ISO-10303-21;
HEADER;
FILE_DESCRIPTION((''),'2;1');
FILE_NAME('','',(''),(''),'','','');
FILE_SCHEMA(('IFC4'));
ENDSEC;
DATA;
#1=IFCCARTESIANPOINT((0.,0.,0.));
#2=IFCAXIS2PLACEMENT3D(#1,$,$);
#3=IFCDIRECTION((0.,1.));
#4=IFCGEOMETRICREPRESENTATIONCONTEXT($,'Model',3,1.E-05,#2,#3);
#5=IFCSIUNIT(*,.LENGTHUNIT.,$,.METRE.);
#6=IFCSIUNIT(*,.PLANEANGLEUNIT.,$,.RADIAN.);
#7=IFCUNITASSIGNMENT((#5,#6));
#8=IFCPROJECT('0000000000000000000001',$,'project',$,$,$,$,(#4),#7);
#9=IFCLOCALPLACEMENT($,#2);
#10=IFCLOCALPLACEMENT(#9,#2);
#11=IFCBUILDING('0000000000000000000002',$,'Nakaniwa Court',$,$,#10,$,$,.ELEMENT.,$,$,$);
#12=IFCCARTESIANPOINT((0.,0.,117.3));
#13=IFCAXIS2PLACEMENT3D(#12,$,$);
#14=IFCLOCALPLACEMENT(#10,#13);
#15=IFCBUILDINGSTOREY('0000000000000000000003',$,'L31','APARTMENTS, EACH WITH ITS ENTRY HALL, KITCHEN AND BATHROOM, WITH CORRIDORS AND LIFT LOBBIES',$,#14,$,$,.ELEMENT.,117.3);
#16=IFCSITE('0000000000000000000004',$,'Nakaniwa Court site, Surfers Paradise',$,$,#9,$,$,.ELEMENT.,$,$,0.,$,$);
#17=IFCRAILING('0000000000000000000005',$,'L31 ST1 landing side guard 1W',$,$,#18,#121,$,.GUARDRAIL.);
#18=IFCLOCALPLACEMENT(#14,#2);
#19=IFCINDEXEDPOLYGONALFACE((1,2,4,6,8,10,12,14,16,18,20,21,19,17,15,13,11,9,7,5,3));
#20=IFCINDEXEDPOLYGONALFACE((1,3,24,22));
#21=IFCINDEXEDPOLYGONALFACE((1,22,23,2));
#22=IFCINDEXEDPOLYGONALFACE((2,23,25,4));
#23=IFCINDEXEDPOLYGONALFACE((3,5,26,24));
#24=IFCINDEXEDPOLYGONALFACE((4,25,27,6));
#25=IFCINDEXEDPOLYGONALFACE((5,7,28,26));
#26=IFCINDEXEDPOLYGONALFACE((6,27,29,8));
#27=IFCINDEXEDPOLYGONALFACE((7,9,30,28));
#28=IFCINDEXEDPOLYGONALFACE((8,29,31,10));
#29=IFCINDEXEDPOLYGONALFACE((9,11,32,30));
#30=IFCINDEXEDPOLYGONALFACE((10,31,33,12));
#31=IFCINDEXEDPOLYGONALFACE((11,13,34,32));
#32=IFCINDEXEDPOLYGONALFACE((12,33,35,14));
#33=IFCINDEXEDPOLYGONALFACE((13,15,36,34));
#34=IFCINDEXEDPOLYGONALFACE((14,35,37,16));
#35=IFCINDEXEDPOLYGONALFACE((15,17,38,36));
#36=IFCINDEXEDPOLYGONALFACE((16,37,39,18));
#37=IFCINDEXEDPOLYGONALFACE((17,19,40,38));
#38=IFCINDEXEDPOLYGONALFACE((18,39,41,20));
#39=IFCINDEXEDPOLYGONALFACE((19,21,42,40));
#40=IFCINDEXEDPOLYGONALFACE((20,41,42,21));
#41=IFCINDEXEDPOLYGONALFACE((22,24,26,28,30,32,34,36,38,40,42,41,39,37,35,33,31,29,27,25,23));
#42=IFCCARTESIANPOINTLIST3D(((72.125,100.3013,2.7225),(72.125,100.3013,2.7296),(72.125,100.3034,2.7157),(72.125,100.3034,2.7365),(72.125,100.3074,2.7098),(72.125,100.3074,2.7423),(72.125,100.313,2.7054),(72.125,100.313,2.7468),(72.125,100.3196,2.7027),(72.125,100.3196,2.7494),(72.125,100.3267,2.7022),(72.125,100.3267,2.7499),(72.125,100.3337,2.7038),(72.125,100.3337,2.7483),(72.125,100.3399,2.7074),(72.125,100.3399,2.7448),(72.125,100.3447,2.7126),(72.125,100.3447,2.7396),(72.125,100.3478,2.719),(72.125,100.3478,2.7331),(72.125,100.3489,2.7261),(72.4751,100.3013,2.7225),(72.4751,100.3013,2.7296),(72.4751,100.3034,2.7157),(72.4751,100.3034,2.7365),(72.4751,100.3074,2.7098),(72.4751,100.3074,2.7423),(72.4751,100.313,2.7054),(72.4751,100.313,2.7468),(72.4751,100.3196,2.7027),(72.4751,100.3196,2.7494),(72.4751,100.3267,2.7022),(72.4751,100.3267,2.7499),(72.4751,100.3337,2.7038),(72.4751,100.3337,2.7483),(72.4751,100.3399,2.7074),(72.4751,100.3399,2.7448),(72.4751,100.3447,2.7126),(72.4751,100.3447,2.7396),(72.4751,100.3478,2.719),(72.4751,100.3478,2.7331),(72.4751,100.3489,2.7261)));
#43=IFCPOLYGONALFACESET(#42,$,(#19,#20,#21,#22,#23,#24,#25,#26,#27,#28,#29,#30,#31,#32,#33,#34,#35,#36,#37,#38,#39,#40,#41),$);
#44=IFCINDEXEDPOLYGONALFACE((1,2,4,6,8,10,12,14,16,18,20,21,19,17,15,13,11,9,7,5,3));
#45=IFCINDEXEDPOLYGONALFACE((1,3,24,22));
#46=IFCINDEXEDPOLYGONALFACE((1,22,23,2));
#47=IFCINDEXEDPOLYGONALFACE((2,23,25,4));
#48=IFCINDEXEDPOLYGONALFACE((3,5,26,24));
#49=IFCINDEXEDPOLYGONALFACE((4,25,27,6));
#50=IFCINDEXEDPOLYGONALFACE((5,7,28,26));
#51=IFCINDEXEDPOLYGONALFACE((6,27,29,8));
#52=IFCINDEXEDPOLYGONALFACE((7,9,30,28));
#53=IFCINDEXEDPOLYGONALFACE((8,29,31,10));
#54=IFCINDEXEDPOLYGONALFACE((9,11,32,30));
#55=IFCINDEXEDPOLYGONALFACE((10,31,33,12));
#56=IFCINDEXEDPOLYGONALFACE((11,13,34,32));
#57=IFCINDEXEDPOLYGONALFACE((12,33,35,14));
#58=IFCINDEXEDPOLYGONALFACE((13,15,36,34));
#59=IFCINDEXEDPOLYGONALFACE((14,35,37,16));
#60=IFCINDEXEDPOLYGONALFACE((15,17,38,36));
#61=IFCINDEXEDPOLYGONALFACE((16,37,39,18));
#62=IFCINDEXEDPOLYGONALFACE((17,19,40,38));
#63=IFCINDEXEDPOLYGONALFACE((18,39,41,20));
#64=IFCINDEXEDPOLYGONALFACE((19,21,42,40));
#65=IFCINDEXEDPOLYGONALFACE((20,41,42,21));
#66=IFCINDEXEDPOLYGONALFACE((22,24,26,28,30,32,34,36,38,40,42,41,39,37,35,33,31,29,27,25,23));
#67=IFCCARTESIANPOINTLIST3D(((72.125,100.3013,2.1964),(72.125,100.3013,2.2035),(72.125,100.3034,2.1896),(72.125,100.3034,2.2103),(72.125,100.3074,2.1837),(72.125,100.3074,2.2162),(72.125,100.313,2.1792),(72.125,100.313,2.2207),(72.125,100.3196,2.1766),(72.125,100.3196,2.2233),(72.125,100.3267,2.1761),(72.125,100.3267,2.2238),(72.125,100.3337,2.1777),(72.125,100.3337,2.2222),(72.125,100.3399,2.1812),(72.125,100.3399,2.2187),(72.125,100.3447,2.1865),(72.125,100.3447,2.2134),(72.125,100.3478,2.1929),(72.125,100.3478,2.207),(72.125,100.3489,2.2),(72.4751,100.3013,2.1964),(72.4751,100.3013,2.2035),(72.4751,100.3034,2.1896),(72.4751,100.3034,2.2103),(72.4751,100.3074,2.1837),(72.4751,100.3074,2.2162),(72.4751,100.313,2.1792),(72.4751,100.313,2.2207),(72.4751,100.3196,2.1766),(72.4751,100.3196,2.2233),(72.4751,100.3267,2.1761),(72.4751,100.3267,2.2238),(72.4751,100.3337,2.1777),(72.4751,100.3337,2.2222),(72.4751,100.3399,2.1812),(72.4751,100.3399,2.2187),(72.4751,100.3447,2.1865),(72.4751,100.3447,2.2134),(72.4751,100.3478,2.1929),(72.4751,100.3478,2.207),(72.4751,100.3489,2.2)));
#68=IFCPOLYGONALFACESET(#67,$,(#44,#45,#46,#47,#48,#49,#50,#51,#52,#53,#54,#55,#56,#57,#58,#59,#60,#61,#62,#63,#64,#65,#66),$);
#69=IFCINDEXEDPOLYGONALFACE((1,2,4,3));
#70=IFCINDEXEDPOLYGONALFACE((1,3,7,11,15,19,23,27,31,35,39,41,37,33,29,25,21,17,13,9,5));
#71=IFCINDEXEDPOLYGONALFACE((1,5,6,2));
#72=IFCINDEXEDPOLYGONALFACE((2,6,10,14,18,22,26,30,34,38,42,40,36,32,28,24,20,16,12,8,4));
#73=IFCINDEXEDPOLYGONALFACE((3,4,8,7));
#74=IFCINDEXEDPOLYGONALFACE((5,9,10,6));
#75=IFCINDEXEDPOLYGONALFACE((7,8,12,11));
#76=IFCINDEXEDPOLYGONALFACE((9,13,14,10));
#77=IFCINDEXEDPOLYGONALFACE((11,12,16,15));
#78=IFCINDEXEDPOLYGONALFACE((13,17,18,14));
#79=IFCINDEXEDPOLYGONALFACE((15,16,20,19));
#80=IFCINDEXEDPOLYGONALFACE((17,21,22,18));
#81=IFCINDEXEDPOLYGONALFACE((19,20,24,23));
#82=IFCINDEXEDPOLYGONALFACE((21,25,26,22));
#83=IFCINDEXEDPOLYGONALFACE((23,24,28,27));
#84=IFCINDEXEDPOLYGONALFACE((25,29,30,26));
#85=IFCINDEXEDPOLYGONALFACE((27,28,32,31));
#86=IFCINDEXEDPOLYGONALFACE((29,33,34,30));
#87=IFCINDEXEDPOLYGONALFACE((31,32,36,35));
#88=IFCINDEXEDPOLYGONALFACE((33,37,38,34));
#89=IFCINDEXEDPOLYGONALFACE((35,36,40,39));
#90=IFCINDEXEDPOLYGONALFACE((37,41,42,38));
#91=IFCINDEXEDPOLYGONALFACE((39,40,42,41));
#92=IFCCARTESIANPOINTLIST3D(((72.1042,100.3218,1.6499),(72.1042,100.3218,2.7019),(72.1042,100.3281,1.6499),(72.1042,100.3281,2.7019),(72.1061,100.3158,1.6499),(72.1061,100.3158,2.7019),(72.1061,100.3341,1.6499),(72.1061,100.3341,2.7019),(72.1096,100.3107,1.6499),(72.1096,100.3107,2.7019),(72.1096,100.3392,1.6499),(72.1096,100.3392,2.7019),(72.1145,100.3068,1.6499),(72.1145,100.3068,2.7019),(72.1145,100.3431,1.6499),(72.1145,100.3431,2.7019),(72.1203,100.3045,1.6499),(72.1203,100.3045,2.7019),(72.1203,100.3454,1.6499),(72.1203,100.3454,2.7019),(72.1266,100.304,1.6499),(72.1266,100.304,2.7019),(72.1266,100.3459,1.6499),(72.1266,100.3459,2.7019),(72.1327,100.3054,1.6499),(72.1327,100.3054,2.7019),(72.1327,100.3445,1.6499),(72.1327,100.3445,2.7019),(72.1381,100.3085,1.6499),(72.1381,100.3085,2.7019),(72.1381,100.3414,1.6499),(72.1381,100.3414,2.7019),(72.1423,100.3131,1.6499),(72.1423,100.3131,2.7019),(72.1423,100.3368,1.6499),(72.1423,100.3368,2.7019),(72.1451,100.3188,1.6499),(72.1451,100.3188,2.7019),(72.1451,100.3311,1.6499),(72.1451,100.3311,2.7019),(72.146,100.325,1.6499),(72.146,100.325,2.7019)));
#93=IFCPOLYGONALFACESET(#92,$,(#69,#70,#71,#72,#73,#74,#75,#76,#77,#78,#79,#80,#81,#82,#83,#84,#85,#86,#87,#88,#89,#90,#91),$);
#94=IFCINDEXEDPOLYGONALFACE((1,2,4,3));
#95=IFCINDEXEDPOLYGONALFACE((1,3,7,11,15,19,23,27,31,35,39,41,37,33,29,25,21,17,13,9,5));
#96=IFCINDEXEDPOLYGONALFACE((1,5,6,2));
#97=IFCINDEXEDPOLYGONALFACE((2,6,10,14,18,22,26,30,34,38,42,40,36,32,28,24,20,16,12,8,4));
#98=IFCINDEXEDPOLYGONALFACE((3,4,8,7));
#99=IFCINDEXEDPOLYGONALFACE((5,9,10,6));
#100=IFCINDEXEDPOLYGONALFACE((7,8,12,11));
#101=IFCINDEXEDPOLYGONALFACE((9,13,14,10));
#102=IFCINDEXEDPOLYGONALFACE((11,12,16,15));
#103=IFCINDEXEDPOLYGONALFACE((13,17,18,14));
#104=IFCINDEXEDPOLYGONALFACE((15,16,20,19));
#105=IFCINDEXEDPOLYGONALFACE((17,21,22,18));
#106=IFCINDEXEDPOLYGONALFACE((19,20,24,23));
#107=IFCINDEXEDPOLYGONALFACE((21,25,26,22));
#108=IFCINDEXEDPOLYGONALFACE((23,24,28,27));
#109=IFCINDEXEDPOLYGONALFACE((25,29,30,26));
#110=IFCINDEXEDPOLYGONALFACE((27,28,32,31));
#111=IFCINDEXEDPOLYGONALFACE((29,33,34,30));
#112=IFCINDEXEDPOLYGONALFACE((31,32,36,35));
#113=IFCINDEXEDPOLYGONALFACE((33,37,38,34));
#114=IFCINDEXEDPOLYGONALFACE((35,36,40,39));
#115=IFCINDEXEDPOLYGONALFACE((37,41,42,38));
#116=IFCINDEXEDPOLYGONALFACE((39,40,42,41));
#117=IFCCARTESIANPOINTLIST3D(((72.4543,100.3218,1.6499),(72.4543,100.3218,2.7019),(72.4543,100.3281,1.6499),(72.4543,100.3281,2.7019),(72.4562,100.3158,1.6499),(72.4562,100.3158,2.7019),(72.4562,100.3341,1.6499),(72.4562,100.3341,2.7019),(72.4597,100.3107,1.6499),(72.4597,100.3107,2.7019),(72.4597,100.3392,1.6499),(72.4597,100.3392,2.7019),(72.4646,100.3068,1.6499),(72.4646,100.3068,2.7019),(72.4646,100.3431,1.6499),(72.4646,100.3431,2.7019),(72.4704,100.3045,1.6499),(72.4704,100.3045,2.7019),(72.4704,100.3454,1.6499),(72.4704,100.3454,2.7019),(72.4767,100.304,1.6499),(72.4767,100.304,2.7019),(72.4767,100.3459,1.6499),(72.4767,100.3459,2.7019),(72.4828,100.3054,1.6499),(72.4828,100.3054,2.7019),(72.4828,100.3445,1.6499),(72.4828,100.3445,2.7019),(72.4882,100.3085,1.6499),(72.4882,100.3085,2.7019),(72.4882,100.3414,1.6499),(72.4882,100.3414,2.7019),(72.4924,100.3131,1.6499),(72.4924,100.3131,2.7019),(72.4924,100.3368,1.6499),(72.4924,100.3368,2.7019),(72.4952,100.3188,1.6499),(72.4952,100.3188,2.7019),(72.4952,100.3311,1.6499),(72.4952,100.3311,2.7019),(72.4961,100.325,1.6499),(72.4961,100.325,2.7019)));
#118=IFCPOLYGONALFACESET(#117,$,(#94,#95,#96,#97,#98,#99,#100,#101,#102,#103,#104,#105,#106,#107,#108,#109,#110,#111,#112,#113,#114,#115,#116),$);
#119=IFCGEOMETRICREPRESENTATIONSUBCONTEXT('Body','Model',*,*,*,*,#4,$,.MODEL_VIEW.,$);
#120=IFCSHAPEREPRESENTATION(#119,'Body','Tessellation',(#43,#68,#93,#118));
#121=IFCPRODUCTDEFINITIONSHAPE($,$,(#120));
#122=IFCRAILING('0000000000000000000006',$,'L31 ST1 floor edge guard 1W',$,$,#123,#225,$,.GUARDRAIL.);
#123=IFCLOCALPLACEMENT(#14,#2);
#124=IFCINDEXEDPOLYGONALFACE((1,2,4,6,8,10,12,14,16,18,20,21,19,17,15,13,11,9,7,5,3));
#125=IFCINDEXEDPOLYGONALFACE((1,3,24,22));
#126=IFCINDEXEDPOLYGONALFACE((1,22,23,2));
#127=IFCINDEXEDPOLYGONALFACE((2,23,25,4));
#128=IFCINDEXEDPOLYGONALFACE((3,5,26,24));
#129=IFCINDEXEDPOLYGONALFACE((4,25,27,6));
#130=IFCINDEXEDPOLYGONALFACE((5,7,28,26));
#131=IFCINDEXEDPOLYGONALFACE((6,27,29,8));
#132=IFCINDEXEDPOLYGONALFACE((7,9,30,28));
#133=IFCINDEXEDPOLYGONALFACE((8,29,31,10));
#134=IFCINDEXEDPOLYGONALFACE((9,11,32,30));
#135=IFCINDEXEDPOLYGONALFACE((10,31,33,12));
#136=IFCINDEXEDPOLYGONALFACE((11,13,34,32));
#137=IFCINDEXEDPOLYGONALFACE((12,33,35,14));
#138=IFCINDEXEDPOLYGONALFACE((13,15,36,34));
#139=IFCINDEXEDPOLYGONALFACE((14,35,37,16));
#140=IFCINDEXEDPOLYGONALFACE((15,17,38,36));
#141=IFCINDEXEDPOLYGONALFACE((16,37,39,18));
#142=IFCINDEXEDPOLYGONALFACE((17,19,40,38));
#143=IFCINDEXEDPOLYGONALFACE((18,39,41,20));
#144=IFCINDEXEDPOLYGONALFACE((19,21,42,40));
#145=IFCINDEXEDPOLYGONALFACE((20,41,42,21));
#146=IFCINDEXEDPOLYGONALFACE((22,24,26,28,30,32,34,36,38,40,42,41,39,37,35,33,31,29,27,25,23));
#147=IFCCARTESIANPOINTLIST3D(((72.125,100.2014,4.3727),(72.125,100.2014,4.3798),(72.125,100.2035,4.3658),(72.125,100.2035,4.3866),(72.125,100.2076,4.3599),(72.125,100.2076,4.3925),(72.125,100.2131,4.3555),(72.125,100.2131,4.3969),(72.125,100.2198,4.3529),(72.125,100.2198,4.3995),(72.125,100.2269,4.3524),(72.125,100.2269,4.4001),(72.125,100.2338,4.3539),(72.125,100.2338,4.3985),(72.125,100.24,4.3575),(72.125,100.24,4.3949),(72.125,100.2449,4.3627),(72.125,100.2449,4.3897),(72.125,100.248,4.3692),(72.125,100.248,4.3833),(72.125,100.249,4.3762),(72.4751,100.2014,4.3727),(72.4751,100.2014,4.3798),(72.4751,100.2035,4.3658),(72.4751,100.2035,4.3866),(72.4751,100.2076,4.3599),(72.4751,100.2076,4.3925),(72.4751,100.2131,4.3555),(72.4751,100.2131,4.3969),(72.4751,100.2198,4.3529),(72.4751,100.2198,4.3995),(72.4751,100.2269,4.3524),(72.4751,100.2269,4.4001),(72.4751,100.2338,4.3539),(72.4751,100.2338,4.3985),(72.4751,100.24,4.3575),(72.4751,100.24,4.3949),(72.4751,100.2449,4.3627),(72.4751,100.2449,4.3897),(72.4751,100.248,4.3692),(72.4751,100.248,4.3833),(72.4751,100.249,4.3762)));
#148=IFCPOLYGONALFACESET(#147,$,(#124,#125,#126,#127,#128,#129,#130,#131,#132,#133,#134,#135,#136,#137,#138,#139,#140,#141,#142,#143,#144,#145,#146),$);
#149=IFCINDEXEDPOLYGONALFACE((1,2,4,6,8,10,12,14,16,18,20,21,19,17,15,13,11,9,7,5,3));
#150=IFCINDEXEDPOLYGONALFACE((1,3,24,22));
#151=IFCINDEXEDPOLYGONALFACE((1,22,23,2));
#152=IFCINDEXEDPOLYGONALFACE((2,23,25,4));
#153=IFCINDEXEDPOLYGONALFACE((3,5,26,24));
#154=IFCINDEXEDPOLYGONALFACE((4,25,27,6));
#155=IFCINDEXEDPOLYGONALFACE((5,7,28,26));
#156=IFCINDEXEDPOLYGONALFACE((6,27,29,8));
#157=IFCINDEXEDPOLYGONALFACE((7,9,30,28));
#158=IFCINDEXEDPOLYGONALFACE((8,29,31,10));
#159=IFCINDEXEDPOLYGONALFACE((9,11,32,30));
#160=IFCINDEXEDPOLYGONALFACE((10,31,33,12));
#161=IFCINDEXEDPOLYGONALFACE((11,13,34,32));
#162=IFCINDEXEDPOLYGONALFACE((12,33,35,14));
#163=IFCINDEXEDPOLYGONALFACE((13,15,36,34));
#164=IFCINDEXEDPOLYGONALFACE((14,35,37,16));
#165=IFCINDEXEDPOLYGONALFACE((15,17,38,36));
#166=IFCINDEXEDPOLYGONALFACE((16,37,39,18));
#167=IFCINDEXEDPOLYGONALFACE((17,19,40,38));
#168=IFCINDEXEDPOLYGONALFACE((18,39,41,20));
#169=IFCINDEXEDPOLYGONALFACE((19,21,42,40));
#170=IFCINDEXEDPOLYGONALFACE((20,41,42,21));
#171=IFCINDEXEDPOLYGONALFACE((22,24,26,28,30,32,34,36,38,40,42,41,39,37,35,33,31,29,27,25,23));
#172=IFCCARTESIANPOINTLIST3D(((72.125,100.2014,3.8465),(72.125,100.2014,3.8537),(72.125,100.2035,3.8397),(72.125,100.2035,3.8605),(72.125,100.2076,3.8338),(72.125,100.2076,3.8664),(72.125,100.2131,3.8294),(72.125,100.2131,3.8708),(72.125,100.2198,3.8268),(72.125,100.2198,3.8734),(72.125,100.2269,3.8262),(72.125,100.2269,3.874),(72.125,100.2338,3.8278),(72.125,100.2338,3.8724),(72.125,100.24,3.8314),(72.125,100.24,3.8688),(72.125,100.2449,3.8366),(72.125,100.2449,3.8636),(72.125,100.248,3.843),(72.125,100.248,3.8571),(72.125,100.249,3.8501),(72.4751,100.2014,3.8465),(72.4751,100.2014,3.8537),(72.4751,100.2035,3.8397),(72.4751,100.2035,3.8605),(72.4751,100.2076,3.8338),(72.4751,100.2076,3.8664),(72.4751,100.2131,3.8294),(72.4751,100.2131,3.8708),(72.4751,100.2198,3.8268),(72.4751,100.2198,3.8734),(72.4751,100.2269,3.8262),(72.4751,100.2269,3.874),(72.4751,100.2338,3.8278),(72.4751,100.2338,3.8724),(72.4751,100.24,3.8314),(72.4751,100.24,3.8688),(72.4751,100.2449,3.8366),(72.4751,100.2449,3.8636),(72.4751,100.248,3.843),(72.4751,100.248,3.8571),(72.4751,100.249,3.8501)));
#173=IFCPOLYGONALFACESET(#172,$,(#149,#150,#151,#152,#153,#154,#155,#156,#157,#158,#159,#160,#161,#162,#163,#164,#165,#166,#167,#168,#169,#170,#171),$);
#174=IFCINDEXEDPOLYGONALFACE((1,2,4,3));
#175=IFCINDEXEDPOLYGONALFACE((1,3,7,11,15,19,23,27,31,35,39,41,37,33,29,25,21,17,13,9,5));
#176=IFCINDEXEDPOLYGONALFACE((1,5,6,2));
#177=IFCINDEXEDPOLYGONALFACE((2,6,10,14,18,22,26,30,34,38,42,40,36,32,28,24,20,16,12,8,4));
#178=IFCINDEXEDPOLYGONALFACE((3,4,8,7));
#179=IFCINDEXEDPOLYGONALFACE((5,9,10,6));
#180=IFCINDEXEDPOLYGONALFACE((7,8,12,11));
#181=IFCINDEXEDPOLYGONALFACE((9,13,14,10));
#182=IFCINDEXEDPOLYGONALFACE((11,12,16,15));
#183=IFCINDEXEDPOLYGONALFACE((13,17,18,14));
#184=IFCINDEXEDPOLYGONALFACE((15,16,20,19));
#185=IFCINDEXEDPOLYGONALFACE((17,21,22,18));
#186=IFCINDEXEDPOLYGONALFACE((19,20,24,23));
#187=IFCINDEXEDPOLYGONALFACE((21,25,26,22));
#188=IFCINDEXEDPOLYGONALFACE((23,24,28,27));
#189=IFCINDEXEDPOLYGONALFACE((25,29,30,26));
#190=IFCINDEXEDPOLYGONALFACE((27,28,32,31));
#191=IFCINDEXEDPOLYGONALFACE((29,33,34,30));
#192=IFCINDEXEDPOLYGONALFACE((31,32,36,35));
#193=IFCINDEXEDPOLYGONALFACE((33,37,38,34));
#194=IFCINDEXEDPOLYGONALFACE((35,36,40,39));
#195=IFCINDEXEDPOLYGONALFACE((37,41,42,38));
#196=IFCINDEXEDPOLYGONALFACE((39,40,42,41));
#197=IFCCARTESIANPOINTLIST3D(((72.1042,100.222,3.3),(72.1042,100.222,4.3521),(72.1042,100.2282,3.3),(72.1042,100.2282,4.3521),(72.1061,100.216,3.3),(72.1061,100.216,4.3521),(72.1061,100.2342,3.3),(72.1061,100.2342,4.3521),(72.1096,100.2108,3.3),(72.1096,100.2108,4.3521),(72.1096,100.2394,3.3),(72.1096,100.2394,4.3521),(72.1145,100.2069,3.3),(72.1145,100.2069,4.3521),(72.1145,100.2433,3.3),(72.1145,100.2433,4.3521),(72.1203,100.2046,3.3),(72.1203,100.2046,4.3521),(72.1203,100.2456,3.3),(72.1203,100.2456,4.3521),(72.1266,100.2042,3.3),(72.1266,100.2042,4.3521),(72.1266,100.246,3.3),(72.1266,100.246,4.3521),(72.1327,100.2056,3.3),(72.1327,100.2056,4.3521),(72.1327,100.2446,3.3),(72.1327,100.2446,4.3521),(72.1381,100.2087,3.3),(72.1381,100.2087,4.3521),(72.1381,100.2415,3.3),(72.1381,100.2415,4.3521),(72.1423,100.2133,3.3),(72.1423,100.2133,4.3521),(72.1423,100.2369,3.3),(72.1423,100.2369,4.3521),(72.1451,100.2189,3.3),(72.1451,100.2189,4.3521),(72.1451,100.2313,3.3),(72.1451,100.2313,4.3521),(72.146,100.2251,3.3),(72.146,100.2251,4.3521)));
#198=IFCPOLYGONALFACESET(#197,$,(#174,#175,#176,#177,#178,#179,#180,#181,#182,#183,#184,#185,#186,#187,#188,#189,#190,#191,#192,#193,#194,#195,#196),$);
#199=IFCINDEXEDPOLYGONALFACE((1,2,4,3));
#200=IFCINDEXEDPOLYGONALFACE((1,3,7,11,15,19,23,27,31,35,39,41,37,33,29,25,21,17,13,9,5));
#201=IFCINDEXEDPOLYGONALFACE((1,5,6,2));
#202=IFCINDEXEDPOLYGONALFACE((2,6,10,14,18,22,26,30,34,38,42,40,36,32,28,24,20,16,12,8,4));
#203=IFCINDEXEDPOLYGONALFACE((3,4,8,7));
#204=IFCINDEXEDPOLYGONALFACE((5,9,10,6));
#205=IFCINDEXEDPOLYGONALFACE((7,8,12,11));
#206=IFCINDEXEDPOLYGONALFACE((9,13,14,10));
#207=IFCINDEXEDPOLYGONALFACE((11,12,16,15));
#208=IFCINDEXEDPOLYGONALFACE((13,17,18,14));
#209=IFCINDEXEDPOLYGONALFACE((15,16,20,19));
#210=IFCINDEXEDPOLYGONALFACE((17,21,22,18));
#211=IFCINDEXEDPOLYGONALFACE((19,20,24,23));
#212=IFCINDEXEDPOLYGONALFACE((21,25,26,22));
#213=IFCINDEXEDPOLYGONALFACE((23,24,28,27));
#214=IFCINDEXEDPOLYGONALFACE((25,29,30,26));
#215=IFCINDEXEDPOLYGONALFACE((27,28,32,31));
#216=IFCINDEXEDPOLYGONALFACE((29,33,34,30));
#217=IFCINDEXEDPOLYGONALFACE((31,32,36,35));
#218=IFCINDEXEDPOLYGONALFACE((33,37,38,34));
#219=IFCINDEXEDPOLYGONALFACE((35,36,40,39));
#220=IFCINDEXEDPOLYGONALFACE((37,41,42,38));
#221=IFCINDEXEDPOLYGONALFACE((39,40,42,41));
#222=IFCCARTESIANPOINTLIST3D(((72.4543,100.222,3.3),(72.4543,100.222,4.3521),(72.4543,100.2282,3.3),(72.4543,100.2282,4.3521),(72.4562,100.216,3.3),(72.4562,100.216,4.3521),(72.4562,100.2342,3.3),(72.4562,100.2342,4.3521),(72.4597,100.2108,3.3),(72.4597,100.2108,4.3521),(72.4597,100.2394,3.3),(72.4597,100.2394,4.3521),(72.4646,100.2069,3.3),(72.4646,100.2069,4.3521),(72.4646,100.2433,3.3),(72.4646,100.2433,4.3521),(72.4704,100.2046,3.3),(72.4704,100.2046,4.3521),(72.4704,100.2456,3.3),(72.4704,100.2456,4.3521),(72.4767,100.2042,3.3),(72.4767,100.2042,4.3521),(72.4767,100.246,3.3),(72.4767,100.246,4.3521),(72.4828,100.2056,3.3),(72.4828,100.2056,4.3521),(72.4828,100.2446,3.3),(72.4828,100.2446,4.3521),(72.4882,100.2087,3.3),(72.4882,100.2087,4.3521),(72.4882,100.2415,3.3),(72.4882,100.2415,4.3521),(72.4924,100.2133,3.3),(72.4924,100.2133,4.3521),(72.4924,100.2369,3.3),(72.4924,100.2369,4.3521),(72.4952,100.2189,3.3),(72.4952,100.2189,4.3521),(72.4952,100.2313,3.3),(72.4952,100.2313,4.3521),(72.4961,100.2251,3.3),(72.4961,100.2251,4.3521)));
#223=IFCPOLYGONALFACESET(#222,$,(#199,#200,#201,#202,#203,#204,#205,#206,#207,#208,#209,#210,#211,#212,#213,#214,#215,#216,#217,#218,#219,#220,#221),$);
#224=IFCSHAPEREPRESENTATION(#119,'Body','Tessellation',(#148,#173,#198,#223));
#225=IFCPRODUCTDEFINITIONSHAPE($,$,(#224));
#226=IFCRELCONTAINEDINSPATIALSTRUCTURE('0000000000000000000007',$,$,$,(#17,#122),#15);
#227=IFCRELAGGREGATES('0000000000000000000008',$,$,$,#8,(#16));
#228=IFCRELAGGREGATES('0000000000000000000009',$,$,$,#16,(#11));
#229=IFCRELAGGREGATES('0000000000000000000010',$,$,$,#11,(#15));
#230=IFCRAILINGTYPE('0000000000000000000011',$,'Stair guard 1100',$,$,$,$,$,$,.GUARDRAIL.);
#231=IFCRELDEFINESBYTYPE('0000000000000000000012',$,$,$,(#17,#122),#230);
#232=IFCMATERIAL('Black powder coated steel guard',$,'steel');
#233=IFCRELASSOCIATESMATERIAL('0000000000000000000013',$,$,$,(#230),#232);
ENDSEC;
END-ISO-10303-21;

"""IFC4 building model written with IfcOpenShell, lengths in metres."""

from ifc_helpers import new_model, si_unit, direction, frame, origin, origin_2d, place, context, subcontext, project, spatial, circle, extrude, material, type_object, element, save


model = new_model("IFC4")

# Units and contexts
model_context = context("Model", 3, precision=1e-05, world=origin(), true_north=direction((0.0, 1.0)))
body_context = subcontext(model_context, "Body", "Model", "MODEL_VIEW")
ifc_project = project(units=[si_unit("LENGTHUNIT", "METRE"), si_unit("PLANEANGLEUNIT", "RADIAN")], contexts=[model_context])

# Site, building, storey
site_placement = place(None, origin())
site = spatial("IfcSite", under=ifc_project, at=site_placement, Name="Nakaniwa Court site, Surfers Paradise", CompositionType="ELEMENT", RefElevation=0.0)
building_placement = place(site_placement, origin())
building = spatial("IfcBuilding", under=site, at=building_placement, Name="Nakaniwa Court", CompositionType="ELEMENT")
storey_placement = place(building_placement, frame((0.0, 0.0, 117.3)))
storey = spatial("IfcBuildingStorey", under=building, at=storey_placement, Name="L31", Description="APARTMENTS, EACH WITH ITS ENTRY HALL, KITCHEN AND BATHROOM, WITH CORRIDORS AND LIFT LOBBIES", CompositionType="ELEMENT", Elevation=117.3)

# Railings
ifc_material_1 = material(Name="Black powder coated steel guard", Category="steel")
railing_type_1 = type_object("IfcRailingType", Name="Stair guard 1100", PredefinedType="GUARDRAIL", material=ifc_material_1)
for number, where, name in (
    (1, (72.125, 100.325, 1.6499), "L31 ST1 landing side guard 1W"),
    (2, (72.125, 100.2251, 3.3), "L31 ST1 floor edge guard 1W"),
):
    element("IfcRailing", number, at=place(storey_placement, frame(where)), inside=storey, type_object=railing_type_1, Name=name, PredefinedType="GUARDRAIL", context=body_context, shape_type="SweptSolid", body=[
        extrude(circle(Radius=0.0239, at=origin_2d()), frame((0.0, 0.0, 1.0762), z_axis=(1.0, 0.0, 0.0), x_axis=(0.0, 1.0, 0.0)), (0.0, 0.0, 1.0), 0.3501),
        extrude(circle(Radius=0.0239, at=origin_2d()), frame((0.0, 0.0, 0.55), z_axis=(1.0, 0.0, 0.0), x_axis=(0.0, 1.0, 0.0)), (0.0, 0.0, 1.0), 0.3501),
        extrude(circle(Radius=0.021, at=origin_2d()), origin(), (0.0, 0.0, 1.0), 1.052),
        extrude(circle(Radius=0.021, at=origin_2d()), frame((0.3501, 0.0, 0.0)), (0.0, 0.0, 1.0), 1.052),
    ])

save(model, "model.ifc")
